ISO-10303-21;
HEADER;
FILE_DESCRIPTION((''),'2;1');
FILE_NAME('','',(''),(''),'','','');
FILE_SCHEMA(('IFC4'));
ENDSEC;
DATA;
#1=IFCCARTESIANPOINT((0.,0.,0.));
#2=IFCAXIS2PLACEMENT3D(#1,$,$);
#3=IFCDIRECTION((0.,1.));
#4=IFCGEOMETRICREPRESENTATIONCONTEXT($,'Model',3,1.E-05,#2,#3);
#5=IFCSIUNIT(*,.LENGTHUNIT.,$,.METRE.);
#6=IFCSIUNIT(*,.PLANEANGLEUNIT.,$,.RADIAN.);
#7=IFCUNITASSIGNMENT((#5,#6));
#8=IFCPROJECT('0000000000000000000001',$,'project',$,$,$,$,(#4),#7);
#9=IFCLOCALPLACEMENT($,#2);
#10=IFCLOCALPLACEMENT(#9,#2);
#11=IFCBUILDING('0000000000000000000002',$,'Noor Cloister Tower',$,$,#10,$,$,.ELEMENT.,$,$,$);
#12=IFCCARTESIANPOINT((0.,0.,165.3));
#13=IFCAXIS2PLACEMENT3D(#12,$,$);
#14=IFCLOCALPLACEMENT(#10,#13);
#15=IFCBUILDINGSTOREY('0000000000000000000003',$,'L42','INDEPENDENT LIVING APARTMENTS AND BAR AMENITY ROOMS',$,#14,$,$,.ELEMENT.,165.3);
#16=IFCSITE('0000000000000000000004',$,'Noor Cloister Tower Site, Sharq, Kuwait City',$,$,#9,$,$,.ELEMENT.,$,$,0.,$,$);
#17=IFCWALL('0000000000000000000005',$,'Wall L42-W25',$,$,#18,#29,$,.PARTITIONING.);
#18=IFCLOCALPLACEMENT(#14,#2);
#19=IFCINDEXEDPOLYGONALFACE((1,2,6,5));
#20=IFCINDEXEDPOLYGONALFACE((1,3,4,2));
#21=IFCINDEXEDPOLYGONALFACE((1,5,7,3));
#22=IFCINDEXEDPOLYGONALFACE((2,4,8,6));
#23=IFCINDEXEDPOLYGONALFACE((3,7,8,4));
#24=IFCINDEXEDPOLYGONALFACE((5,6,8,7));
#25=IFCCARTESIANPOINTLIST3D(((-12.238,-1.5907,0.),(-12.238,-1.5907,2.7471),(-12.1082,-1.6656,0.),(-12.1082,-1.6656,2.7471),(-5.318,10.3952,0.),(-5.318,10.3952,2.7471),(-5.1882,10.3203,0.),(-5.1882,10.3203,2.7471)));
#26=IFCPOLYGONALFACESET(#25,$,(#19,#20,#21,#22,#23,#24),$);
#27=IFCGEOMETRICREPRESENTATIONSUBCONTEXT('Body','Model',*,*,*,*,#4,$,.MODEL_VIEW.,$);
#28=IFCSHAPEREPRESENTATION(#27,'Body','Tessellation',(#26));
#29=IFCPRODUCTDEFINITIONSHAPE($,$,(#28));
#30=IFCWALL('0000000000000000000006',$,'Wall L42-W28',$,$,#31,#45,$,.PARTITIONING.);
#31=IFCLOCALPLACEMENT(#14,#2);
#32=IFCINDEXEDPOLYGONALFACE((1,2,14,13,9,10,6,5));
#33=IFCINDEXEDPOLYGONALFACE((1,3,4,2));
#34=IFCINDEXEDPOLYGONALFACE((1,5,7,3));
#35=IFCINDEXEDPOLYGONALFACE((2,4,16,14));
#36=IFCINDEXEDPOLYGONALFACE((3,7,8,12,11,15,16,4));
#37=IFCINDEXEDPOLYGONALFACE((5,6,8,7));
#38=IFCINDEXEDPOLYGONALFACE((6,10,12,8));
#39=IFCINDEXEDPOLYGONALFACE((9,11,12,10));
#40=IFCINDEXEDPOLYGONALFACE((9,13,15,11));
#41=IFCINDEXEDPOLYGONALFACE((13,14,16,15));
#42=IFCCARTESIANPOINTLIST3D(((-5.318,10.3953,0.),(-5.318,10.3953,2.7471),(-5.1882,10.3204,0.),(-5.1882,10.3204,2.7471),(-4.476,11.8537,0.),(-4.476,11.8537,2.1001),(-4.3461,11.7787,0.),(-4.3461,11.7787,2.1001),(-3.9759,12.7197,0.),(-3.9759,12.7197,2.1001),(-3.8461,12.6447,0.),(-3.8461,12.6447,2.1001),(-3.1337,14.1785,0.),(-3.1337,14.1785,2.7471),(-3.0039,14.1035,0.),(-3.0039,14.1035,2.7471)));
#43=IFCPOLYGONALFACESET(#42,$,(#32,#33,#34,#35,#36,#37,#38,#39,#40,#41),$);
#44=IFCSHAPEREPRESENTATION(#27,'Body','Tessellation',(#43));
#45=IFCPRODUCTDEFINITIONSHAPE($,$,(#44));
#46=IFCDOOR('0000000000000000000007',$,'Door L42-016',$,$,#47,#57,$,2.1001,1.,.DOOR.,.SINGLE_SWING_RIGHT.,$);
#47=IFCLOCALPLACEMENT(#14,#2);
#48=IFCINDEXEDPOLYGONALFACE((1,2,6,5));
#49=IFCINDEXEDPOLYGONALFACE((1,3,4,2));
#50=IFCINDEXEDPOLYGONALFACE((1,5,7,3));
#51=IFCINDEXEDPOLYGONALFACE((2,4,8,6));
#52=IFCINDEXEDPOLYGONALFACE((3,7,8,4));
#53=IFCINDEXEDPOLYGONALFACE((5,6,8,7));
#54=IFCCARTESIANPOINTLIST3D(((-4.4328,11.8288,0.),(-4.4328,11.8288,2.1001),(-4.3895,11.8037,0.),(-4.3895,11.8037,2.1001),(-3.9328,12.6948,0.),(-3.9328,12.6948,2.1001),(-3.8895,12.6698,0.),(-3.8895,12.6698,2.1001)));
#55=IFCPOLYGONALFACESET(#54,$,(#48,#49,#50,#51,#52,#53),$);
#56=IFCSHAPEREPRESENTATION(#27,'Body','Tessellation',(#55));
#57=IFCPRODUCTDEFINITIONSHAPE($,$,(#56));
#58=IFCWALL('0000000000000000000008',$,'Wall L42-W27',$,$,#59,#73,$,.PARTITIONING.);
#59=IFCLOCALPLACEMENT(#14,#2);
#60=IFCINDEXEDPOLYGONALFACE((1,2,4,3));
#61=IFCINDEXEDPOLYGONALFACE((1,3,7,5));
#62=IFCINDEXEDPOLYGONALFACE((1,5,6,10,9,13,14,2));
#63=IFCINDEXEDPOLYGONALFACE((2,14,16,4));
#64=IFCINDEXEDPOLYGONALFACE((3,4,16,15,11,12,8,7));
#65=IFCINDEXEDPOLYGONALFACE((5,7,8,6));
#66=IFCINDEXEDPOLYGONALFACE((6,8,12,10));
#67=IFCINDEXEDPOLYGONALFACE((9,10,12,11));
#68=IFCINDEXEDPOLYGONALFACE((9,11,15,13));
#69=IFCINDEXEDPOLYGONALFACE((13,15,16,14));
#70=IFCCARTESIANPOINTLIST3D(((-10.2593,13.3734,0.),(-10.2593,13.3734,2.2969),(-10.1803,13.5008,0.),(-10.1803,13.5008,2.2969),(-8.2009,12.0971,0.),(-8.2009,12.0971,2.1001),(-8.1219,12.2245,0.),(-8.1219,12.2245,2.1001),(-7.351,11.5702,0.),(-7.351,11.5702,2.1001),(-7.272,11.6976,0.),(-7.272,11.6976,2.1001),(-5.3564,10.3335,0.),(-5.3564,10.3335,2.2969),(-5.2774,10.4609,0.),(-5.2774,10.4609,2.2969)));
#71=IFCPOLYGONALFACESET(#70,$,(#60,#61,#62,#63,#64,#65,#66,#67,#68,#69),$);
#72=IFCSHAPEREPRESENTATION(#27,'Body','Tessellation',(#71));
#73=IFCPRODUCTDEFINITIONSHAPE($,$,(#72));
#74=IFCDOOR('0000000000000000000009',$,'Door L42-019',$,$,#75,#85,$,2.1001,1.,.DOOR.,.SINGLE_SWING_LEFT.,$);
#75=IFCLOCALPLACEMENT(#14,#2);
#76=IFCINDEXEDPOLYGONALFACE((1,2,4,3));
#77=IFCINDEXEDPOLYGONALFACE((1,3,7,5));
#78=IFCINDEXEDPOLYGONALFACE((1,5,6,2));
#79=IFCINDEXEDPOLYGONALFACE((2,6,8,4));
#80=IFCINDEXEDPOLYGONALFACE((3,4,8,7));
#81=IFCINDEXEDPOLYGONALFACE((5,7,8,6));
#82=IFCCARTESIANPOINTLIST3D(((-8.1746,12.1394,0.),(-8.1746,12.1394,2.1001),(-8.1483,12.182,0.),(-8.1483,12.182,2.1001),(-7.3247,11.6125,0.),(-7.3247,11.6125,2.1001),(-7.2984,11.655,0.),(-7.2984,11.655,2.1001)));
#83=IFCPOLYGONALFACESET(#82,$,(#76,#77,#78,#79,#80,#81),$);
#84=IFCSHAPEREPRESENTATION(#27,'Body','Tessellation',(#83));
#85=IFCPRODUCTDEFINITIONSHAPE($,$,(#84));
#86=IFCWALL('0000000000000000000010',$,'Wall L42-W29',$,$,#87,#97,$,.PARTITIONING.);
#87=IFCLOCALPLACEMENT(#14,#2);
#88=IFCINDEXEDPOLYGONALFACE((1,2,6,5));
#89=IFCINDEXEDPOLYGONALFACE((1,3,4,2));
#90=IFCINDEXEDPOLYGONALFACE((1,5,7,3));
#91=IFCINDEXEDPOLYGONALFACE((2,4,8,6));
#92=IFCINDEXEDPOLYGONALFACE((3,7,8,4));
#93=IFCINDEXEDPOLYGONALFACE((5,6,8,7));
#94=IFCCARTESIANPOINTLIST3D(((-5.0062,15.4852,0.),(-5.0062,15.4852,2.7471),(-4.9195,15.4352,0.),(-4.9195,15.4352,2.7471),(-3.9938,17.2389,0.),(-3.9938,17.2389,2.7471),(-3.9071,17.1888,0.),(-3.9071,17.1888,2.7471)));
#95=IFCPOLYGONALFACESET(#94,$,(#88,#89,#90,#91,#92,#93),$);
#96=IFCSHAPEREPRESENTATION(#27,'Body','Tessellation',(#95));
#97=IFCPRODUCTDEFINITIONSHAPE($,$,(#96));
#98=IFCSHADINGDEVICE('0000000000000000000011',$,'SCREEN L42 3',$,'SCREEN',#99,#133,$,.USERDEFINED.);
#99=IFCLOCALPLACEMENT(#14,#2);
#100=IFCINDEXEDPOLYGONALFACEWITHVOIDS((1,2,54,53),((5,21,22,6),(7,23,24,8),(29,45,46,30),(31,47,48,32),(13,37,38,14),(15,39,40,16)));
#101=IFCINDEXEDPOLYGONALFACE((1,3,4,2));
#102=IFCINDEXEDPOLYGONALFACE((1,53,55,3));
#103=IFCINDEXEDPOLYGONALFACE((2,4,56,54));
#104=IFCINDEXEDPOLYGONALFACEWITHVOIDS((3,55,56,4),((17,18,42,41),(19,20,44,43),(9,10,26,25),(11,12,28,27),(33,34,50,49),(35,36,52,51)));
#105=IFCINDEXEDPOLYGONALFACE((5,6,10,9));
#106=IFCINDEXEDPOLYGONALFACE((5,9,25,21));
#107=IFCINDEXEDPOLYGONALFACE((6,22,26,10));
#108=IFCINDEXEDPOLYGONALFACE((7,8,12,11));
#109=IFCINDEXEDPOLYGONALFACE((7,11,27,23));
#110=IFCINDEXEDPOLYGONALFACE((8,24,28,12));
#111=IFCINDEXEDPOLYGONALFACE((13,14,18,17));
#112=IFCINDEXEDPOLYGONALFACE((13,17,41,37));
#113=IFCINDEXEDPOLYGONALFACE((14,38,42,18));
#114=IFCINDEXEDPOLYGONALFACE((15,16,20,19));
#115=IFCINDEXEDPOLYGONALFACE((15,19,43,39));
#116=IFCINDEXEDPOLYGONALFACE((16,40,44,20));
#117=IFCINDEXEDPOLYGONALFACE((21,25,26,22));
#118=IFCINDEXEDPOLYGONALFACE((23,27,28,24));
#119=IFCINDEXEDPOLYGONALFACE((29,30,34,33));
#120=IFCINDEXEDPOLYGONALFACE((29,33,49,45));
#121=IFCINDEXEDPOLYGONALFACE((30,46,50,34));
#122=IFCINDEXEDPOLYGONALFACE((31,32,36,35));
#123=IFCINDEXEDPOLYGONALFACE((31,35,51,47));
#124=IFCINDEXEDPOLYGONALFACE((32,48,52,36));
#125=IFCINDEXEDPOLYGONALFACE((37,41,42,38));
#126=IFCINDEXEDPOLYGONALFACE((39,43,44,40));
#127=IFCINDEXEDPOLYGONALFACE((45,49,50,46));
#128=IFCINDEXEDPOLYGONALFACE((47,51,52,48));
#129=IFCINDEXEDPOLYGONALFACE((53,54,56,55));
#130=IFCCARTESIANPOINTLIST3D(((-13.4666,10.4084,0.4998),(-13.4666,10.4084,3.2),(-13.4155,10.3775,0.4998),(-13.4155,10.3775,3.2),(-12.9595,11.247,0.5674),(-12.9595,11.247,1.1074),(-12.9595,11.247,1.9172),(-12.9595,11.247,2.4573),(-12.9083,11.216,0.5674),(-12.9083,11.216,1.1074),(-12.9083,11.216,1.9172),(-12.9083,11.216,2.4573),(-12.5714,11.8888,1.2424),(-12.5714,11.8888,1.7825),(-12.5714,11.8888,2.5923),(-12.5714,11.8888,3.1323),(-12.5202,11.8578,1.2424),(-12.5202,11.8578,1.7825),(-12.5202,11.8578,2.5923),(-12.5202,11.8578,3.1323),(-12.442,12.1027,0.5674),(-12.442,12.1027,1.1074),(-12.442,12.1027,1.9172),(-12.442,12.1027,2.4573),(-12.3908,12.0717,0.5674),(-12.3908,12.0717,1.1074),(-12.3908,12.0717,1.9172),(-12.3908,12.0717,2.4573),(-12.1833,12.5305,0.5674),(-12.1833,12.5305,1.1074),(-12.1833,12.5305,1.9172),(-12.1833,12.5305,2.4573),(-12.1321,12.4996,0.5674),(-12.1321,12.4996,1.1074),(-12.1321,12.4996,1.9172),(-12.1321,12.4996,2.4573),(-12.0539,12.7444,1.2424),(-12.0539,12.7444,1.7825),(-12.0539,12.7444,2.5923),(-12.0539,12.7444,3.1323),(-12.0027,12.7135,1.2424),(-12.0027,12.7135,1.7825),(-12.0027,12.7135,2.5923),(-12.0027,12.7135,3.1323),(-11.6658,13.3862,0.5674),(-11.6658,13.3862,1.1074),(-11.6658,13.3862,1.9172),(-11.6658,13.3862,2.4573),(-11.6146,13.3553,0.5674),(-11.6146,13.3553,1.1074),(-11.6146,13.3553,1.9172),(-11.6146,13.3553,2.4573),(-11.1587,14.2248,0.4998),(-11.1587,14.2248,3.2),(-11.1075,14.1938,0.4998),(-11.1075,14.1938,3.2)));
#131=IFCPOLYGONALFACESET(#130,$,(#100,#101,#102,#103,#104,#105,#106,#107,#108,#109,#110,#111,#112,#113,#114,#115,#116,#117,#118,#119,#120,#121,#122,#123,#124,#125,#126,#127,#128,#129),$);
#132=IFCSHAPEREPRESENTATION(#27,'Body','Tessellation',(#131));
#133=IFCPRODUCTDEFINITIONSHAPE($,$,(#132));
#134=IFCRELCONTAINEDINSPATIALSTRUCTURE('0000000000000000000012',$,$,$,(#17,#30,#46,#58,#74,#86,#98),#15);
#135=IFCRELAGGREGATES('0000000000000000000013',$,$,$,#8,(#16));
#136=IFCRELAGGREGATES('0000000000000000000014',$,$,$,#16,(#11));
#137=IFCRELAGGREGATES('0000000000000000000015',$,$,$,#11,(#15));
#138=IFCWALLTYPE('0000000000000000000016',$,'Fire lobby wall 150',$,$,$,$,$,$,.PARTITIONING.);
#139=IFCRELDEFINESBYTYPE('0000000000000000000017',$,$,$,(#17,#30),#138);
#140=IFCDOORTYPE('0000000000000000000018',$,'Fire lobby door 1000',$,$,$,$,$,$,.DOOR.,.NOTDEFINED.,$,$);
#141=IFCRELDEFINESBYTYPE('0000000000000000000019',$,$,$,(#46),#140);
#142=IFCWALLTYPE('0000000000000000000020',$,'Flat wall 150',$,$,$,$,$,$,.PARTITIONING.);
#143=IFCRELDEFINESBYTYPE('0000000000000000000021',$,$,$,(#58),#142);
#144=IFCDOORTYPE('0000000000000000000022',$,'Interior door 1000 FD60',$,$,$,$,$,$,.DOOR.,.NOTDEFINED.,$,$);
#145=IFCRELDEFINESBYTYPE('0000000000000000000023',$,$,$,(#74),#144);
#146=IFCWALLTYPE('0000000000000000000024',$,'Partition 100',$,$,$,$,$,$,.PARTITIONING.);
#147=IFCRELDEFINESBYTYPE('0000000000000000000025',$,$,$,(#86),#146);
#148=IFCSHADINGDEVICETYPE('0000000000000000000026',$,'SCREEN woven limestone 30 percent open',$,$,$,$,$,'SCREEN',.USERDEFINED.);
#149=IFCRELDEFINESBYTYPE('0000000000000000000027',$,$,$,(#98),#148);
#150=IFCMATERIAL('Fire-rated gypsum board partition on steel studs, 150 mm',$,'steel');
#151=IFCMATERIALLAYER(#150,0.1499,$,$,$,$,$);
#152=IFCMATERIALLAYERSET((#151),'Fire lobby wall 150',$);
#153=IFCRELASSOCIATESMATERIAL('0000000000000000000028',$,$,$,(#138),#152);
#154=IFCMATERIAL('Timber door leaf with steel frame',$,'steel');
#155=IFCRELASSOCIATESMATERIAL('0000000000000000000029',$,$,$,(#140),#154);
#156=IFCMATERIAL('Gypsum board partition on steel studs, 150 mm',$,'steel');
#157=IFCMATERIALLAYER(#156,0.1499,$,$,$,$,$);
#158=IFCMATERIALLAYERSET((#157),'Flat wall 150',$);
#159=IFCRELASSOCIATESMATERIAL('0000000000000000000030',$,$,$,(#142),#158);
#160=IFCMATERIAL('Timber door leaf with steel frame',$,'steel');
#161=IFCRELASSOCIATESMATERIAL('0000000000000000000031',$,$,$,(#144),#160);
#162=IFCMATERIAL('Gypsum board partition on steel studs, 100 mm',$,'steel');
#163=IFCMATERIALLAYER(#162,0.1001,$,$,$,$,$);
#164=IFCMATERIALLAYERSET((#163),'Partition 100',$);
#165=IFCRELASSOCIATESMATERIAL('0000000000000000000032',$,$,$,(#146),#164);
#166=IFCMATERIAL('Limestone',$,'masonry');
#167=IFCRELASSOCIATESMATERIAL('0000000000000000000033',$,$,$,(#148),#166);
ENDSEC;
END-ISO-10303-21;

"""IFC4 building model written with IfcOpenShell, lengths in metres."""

from ifc_helpers import new_model, si_unit, direction, frame, frame_2d, origin, place, context, subcontext, project, spatial, polyline, rectangle, outline, extrude, material, layer, layer_set, material_profile, profile_set, type_object, element, fill, save


model = new_model("IFC4")

# Units and contexts
model_context = context("Model", 3, precision=1e-05, world=origin(), true_north=direction((0.0, 1.0)))
body_context = subcontext(model_context, "Body", "Model", "MODEL_VIEW")
ifc_project = project(units=[si_unit("LENGTHUNIT", "METRE"), si_unit("PLANEANGLEUNIT", "RADIAN")], contexts=[model_context])

# Site, building, storey
site_placement = place(None, origin())
site = spatial("IfcSite", under=ifc_project, at=site_placement, Name="Noor Cloister Tower Site, Sharq, Kuwait City", CompositionType="ELEMENT", RefElevation=0.0)
building_placement = place(site_placement, origin())
building = spatial("IfcBuilding", under=site, at=building_placement, Name="Noor Cloister Tower", CompositionType="ELEMENT")
storey_placement = place(building_placement, frame((0.0, 0.0, 165.3)))
storey = spatial("IfcBuildingStorey", under=building, at=storey_placement, Name="L42", Description="INDEPENDENT LIVING APARTMENTS AND BAR AMENITY ROOMS", CompositionType="ELEMENT", Elevation=165.3)

# Wall
ifc_material_1 = material(Name="Fire-rated gypsum board partition on steel studs, 150 mm", Category="steel")
ifc_layer_1 = layer(ifc_material_1, 0.1499)
ifc_layer_set_1 = layer_set([ifc_layer_1], Name="Fire lobby wall 150")
wall_type_1 = type_object("IfcWallType", Name="Fire lobby wall 150", PredefinedType="PARTITIONING", material=ifc_layer_set_1)
wall_1_placement = place(storey_placement, frame((-5.2532, 10.3577, 0.0), z_axis=(0.0, 0.0, 1.0), x_axis=(-0.499994, -0.866029, 0.0)))
element("IfcWall", 1, at=wall_1_placement, inside=storey, type_object=wall_type_1, Name="Wall L42-W25", PredefinedType="PARTITIONING", context=body_context, shape_type="SweptSolid", body=[
    extrude(rectangle(XDim=13.8401, YDim=0.1499, at=frame_2d((6.9199, 0.0))), origin(), (0.0, 0.0, 1.0), 2.7471),
])

# Walls, openings, doors
wall_2_placement = place(storey_placement, frame((-3.0688, 14.1409, 0.0), z_axis=(0.0, 0.0, 1.0), x_axis=(-0.500016, -0.866016, 0.0)))
wall_2 = element("IfcWall", 2, at=wall_2_placement, inside=storey, type_object=wall_type_1, Name="Wall L42-W28", PredefinedType="PARTITIONING", context=body_context, shape_type="SweptSolid", body=[
    extrude(rectangle(XDim=4.3684, YDim=0.1499, at=frame_2d((2.1841, 0.0))), origin(), (0.0, 0.0, 1.0), 2.7471),
])
opening_1_placement = place(wall_2_placement, frame((1.6843, 0.0, 0.0)))
opening_1 = element("IfcOpeningElement", 3, at=opening_1_placement, cuts=wall_2, PredefinedType="OPENING", context=body_context, shape_type="SweptSolid", body=[
    extrude(rectangle(XDim=1.0, YDim=2.1001, at=frame_2d((0.5, 1.05))), frame((0.0, 0.085, 0.0), z_axis=(0.0, -1.0, 0.0), x_axis=(1.0, 0.0, 0.0)), (0.0, 0.0, 1.0), 0.1699),
])
ifc_material_2 = material(Name="Timber door leaf with steel frame", Category="steel")
door_type_1 = type_object("IfcDoorType", Name="Fire lobby door 1000", OperationType="NOTDEFINED", PredefinedType="DOOR", material=ifc_material_2)
door_1_placement = place(opening_1_placement, origin())
door_1 = element("IfcDoor", 4, at=door_1_placement, inside=storey, type_object=door_type_1, Name="Door L42-016", OperationType="SINGLE_SWING_RIGHT", OverallHeight=2.1001, OverallWidth=1.0, PredefinedType="DOOR", context=body_context, shape_type="SweptSolid", body=[
    extrude(rectangle(XDim=1.0, YDim=2.1001, at=frame_2d((0.5, 1.05))), frame((0.0, 0.0249, 0.0), z_axis=(0.0, -1.0, 0.0), x_axis=(1.0, 0.0, 0.0)), (0.0, 0.0, 1.0), 0.05),
])
fill(opening_1, door_1)
ifc_material_3 = material(Name="Gypsum board partition on steel studs, 150 mm", Category="steel")
ifc_layer_2 = layer(ifc_material_3, 0.1499)
ifc_layer_set_2 = layer_set([ifc_layer_2], Name="Flat wall 150")
wall_type_2 = type_object("IfcWallType", Name="Flat wall 150", PredefinedType="PARTITIONING", material=ifc_layer_set_2)
wall_3_placement = place(storey_placement, frame((-10.2197, 13.437, 0.0), z_axis=(0.0, 0.0, 1.0), x_axis=(0.8499, -0.526945, 0.0)))
wall_3 = element("IfcWall", 5, at=wall_3_placement, inside=storey, type_object=wall_type_2, Name="Wall L42-W27", PredefinedType="PARTITIONING", context=body_context, shape_type="SweptSolid", body=[
    extrude(rectangle(XDim=5.7688, YDim=0.1499, at=frame_2d((2.8843, 0.0))), origin(), (0.0, 0.0, 1.0), 2.2969),
])
opening_2_placement = place(wall_3_placement, frame((2.4219, 0.0, 0.0)))
opening_2 = element("IfcOpeningElement", 6, at=opening_2_placement, cuts=wall_3, PredefinedType="OPENING", context=body_context, shape_type="SweptSolid", body=[
    extrude(rectangle(XDim=1.0, YDim=2.1001, at=frame_2d((0.5, 1.05))), frame((0.0, 0.085, 0.0), z_axis=(0.0, -1.0, 0.0), x_axis=(1.0, 0.0, 0.0)), (0.0, 0.0, 1.0), 0.1699),
])
ifc_material_4 = material(Name="Timber door leaf with steel frame", Category="steel")
door_type_2 = type_object("IfcDoorType", Name="Interior door 1000 FD60", OperationType="NOTDEFINED", PredefinedType="DOOR", material=ifc_material_4)
door_2_placement = place(opening_2_placement, origin())
door_2 = element("IfcDoor", 7, at=door_2_placement, inside=storey, type_object=door_type_2, Name="Door L42-019", OperationType="SINGLE_SWING_LEFT", OverallHeight=2.1001, OverallWidth=1.0, PredefinedType="DOOR", context=body_context, shape_type="SweptSolid", body=[
    extrude(rectangle(XDim=1.0, YDim=2.1001, at=frame_2d((0.5, 1.05))), frame((0.0, 0.0249, 0.0), z_axis=(0.0, -1.0, 0.0), x_axis=(1.0, 0.0, 0.0)), (0.0, 0.0, 1.0), 0.05),
])
fill(opening_2, door_2)

# Wall
ifc_material_5 = material(Name="Gypsum board partition on steel studs, 100 mm", Category="steel")
ifc_layer_3 = layer(ifc_material_5, 0.1001)
ifc_layer_set_3 = layer_set([ifc_layer_3], Name="Partition 100")
wall_type_3 = type_object("IfcWallType", Name="Partition 100", PredefinedType="PARTITIONING", material=ifc_layer_set_3)
wall_4_placement = place(storey_placement, frame((-4.9629, 15.4602, 0.0), z_axis=(0.0, 0.0, 1.0), x_axis=(0.49999, 0.866031, 0.0)))
element("IfcWall", 8, at=wall_4_placement, inside=storey, type_object=wall_type_3, Name="Wall L42-W29", PredefinedType="PARTITIONING", context=body_context, shape_type="SweptSolid", body=[
    extrude(rectangle(XDim=2.0249, YDim=0.1001, at=frame_2d((1.0125, 0.0))), origin(), (0.0, 0.0, 1.0), 2.7471),
])

# Shading device
ifc_material_6 = material(Name="Limestone", Category="masonry")
ifc_material_profile_1 = material_profile(ifc_material_6, outline(polyline([(-2.23, -1.3501), (2.23, -1.3501), (2.23, 1.3501), (-2.23, 1.3501), (-2.23, -1.3501)]), holes=[polyline([(-1.25, -1.2825), (-0.25, -1.2825), (-0.25, -0.7424), (-1.25, -0.7424), (-1.25, -1.2825)]), polyline([(0.25, -1.2825), (1.25, -1.2825), (1.25, -0.7424), (0.25, -0.7424), (0.25, -1.2825)]), polyline([(-0.5, -0.6074), (0.5, -0.6074), (0.5, -0.0674), (-0.5, -0.0674), (-0.5, -0.6074)]), polyline([(-1.25, 0.0674), (-0.25, 0.0674), (-0.25, 0.6074), (-1.25, 0.6074), (-1.25, 0.0674)]), polyline([(0.25, 0.0674), (1.25, 0.0674), (1.25, 0.6074), (0.25, 0.6074), (0.25, 0.0674)]), polyline([(-0.5, 0.7424), (0.5, 0.7424), (0.5, 1.2825), (-0.5, 1.2825), (-0.5, 0.7424)])]), Name="Woven screen 30 percent open")
ifc_profile_set_1 = profile_set([ifc_material_profile_1], Name="Limestone")
shading_device_type = type_object("IfcShadingDeviceType", Name="SCREEN woven limestone 30 percent open", ElementType="SCREEN", PredefinedType="USERDEFINED", material=ifc_profile_set_1)
shading_device_placement = place(storey_placement, frame((-12.2615, 12.2856, 1.8499), z_axis=(-0.85569, 0.517489, 0.0), x_axis=(-0.517489, -0.85569, 0.0)))
element("IfcShadingDevice", 9, at=shading_device_placement, inside=storey, type_object=shading_device_type, Name="SCREEN L42 3", ObjectType="SCREEN", PredefinedType="USERDEFINED", context=body_context, shape_type="SweptSolid", body=[
    extrude(outline(polyline([(-2.23, -1.3501), (2.23, -1.3501), (2.23, 1.3501), (-2.23, 1.3501), (-2.23, -1.3501)]), holes=[polyline([(-1.25, -1.2825), (-0.25, -1.2825), (-0.25, -0.7424), (-1.25, -0.7424), (-1.25, -1.2825)]), polyline([(0.25, -1.2825), (1.25, -1.2825), (1.25, -0.7424), (0.25, -0.7424), (0.25, -1.2825)]), polyline([(-0.5, -0.6074), (0.5, -0.6074), (0.5, -0.0674), (-0.5, -0.0674), (-0.5, -0.6074)]), polyline([(-1.25, 0.0674), (-0.25, 0.0674), (-0.25, 0.6074), (-1.25, 0.6074), (-1.25, 0.0674)]), polyline([(0.25, 0.0674), (1.25, 0.0674), (1.25, 0.6074), (0.25, 0.6074), (0.25, 0.0674)]), polyline([(-0.5, 0.7424), (0.5, 0.7424), (0.5, 1.2825), (-0.5, 1.2825), (-0.5, 0.7424)])]), origin(), (0.0, 0.0, 1.0), 0.0598),
])

save(model, "model.ifc")
